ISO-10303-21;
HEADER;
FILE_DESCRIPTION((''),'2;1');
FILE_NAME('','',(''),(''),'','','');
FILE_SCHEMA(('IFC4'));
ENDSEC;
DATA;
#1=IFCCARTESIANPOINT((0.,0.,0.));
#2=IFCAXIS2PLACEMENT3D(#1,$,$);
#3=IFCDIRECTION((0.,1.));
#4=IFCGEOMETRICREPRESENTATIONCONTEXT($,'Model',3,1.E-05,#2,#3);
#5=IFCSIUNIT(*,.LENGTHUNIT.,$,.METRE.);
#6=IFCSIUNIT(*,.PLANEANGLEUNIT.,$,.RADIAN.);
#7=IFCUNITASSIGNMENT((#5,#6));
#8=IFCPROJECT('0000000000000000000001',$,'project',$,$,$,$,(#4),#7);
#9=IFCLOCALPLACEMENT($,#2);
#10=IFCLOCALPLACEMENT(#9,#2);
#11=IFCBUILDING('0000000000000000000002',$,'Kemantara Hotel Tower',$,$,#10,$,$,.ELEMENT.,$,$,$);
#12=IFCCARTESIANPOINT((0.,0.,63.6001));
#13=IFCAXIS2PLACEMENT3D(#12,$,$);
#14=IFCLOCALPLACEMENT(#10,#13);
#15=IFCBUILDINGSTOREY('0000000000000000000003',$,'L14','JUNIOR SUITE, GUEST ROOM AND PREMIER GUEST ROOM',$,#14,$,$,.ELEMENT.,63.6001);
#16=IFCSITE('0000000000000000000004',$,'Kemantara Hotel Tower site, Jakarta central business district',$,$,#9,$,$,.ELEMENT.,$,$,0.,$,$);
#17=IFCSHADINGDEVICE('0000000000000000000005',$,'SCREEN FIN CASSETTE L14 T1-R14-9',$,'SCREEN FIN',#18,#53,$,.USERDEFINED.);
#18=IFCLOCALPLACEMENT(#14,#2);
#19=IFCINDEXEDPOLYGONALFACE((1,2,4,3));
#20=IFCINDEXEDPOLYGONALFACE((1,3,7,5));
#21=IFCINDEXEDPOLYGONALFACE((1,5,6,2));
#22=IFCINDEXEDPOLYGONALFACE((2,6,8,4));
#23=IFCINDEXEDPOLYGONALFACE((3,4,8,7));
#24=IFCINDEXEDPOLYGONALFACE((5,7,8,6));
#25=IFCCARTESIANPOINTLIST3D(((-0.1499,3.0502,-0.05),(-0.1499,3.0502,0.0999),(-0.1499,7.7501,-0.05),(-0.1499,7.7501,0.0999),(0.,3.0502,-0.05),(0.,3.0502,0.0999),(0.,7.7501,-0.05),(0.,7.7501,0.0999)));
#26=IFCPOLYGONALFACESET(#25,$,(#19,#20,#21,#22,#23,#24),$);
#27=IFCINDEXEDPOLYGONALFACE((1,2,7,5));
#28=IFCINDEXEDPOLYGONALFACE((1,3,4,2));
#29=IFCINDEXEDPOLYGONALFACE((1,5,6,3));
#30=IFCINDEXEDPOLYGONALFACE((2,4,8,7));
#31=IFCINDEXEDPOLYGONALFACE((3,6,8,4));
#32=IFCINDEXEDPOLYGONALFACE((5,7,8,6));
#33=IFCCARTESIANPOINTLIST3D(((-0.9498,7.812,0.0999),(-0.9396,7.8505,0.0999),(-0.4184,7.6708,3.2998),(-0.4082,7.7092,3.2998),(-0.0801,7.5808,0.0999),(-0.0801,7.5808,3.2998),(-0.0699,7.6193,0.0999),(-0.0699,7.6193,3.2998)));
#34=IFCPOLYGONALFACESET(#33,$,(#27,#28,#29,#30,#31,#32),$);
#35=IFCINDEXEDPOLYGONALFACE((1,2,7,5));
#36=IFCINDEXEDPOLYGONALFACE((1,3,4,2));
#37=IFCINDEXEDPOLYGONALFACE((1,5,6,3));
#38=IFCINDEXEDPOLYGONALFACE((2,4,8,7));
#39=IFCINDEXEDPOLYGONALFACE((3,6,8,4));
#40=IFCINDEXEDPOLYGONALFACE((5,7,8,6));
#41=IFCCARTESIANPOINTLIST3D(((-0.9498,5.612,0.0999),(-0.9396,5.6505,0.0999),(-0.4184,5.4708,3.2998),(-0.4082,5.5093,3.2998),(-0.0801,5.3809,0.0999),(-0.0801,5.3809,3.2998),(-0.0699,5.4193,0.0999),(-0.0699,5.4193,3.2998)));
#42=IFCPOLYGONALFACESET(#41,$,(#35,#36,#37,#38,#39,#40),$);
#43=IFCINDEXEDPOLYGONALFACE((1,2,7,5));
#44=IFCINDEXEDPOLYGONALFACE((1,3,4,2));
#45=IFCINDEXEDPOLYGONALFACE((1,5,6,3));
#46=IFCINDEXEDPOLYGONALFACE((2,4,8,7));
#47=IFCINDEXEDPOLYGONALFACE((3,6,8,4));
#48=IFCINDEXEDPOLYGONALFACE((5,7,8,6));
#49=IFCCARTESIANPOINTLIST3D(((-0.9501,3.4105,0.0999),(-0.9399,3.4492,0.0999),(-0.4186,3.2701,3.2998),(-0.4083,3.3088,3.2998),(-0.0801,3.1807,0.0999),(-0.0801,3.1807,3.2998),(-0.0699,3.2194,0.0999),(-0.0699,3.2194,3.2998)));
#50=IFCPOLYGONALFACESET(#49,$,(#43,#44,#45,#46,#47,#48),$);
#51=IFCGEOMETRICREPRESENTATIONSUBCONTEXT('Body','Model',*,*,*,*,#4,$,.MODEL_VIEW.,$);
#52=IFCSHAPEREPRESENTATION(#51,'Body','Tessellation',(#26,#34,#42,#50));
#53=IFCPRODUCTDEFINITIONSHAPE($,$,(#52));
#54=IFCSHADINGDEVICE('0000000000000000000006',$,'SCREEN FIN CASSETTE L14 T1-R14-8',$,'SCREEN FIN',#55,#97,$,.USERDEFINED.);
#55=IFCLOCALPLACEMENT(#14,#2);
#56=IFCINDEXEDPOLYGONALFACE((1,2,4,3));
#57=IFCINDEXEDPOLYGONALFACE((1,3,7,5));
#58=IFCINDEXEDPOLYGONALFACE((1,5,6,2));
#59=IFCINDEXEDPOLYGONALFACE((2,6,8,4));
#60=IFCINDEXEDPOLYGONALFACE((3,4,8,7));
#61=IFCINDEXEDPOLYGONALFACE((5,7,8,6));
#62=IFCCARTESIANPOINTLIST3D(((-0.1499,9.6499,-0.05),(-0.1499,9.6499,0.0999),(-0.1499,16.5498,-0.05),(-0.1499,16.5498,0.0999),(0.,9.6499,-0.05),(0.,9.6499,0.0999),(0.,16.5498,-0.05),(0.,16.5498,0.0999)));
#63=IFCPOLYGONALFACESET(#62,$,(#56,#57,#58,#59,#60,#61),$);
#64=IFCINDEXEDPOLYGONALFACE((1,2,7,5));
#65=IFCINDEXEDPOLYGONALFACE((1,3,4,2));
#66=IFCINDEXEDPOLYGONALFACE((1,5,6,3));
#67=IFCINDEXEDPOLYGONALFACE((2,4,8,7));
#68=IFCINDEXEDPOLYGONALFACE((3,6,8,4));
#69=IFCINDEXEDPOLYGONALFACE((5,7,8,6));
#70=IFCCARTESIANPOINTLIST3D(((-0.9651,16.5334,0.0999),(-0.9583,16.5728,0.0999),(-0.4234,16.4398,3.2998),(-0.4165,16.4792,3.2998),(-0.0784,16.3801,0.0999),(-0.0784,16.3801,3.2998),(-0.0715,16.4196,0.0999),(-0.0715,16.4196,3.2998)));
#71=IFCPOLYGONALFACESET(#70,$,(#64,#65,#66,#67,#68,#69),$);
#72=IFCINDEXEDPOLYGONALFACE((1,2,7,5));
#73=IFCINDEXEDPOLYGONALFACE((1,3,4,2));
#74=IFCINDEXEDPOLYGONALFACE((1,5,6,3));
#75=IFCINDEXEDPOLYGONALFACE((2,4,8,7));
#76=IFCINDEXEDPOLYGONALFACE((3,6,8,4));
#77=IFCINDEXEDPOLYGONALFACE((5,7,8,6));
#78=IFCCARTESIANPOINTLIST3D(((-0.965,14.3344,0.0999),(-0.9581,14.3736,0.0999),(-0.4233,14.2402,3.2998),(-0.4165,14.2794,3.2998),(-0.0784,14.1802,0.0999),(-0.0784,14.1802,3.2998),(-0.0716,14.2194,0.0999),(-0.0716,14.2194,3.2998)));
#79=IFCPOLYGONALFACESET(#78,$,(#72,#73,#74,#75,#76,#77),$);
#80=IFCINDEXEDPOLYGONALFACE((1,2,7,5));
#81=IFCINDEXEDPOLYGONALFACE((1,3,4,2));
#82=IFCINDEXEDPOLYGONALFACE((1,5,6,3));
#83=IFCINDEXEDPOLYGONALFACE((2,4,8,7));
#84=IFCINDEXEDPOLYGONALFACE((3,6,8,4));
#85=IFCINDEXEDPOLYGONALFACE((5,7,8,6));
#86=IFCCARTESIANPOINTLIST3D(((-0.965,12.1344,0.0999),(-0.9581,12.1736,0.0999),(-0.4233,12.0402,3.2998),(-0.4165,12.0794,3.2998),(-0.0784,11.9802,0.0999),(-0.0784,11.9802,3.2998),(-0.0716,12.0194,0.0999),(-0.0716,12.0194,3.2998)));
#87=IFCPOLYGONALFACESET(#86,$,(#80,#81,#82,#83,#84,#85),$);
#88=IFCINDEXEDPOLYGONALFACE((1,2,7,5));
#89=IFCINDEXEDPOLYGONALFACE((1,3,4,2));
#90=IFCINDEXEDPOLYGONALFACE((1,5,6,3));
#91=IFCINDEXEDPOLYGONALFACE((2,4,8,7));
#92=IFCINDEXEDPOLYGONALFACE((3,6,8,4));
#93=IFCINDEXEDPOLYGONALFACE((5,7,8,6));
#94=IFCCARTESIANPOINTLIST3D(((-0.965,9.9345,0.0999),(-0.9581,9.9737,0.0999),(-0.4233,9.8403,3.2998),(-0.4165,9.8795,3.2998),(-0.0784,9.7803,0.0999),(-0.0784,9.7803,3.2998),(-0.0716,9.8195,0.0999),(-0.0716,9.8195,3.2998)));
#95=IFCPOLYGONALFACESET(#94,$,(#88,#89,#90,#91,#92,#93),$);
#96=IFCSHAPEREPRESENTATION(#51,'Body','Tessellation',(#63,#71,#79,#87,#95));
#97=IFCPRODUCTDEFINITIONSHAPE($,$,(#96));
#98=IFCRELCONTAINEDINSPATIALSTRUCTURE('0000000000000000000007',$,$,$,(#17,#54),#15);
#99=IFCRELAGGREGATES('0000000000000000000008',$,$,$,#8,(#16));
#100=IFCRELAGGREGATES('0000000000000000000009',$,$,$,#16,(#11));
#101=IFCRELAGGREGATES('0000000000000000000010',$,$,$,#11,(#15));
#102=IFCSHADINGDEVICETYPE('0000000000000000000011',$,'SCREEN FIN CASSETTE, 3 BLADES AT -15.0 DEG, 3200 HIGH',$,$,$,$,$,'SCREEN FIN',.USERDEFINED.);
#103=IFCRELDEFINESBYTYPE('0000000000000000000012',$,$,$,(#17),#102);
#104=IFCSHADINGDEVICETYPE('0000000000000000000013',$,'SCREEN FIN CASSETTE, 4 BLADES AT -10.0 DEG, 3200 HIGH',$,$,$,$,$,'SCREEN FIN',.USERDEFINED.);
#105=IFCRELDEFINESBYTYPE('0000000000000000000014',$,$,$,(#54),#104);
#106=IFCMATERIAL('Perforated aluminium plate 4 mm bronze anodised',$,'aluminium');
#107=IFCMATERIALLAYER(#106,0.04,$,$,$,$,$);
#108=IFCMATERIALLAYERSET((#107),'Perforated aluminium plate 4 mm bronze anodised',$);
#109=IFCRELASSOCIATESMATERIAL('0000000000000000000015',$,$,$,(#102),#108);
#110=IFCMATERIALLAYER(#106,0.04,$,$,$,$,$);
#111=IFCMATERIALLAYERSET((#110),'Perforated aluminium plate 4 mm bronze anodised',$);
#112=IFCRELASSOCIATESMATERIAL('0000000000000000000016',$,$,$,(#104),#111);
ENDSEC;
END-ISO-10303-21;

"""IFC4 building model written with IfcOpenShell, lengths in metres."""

from ifc_helpers import new_model, si_unit, direction, frame, origin, origin_2d, place, context, subcontext, project, spatial, polyline, rectangle, outline, extrude, source, transform, mapped, material, layer, layer_set, type_object, element, save


model = new_model("IFC4")

# Units and contexts
model_context = context("Model", 3, precision=1e-05, world=origin(), true_north=direction((0.0, 1.0)))
body_context = subcontext(model_context, "Body", "Model", "MODEL_VIEW")
ifc_project = project(units=[si_unit("LENGTHUNIT", "METRE"), si_unit("PLANEANGLEUNIT", "RADIAN")], contexts=[model_context])

# Site, building, storey
site_placement = place(None, origin())
site = spatial("IfcSite", under=ifc_project, at=site_placement, Name="Kemantara Hotel Tower site, Jakarta central business district", CompositionType="ELEMENT", RefElevation=0.0)
building_placement = place(site_placement, origin())
building = spatial("IfcBuilding", under=site, at=building_placement, Name="Kemantara Hotel Tower", CompositionType="ELEMENT")
storey_placement = place(building_placement, frame((0.0, 0.0, 63.6001)))
storey = spatial("IfcBuildingStorey", under=building, at=storey_placement, Name="L14", Description="JUNIOR SUITE, GUEST ROOM AND PREMIER GUEST ROOM", CompositionType="ELEMENT", Elevation=63.6001)

# Shading devices
ifc_material_1 = material(Name="Perforated aluminium plate 4 mm bronze anodised", Category="aluminium")
ifc_layer_1 = layer(ifc_material_1, 0.04)
ifc_layer_set_1 = layer_set([ifc_layer_1], Name="Perforated aluminium plate 4 mm bronze anodised")
shading_device_type_1 = type_object("IfcShadingDeviceType", Name="SCREEN FIN CASSETTE, 3 BLADES AT -15.0 DEG, 3200 HIGH", ElementType="SCREEN FIN", PredefinedType="USERDEFINED", material=ifc_layer_set_1)
shared_shape_1 = source(origin(), body_context, "Body", "SweptSolid", [
    extrude(rectangle(XDim=4.7, YDim=0.1499, at=origin_2d()), frame((2.2, -0.075, -0.1499), z_axis=(0.0, 0.0, 1.0), x_axis=(1.0, 0.0, 0.0)), (0.0, 0.0, 1.0), 0.1499),
    extrude(outline(polyline([(0.0, 0.0), (0.8999, 0.0), (0.3501, 3.2), (0.0, 3.2), (0.0, 0.0)])), frame((0.0193, -0.0801, 0.0), z_axis=(-0.966438, 0.256901, 0.0), x_axis=(-0.256901, -0.966438, 0.0)), (0.0, 0.0, 1.0), 0.0398),
    extrude(outline(polyline([(0.0, 0.0), (0.8999, 0.0), (0.3501, 3.2), (0.0, 3.2), (0.0, 0.0)])), frame((2.2192, -0.0801, 0.0), z_axis=(-0.966438, 0.256901, 0.0), x_axis=(-0.256901, -0.966438, 0.0)), (0.0, 0.0, 1.0), 0.0398),
    extrude(outline(polyline([(0.0, 0.0), (0.8999, 0.0), (0.3501, 3.2), (0.0, 3.2), (0.0, 0.0)])), frame((4.4194, -0.0801, 0.0), z_axis=(-0.966838, 0.255391, 0.0), x_axis=(-0.255391, -0.966838, 0.0)), (0.0, 0.0, 1.0), 0.04),
])
shading_device_1_placement = place(storey_placement, frame((0.0, 7.6001, 0.0999), z_axis=(0.0, 0.0, 1.0), x_axis=(0.0, -1.0, 0.0)))
element("IfcShadingDevice", 1, at=shading_device_1_placement, inside=storey, type_object=shading_device_type_1, Name="SCREEN FIN CASSETTE L14 T1-R14-9", ObjectType="SCREEN FIN", PredefinedType="USERDEFINED", context=body_context, shape_type="MappedRepresentation", body=[
    mapped(shared_shape_1, transform((0.0, 0.0, 0.0))),
])
ifc_layer_2 = layer(ifc_material_1, 0.04)
ifc_layer_set_2 = layer_set([ifc_layer_2], Name="Perforated aluminium plate 4 mm bronze anodised")
shading_device_type_2 = type_object("IfcShadingDeviceType", Name="SCREEN FIN CASSETTE, 4 BLADES AT -10.0 DEG, 3200 HIGH", ElementType="SCREEN FIN", PredefinedType="USERDEFINED", material=ifc_layer_set_2)
shared_shape_2 = source(origin(), body_context, "Body", "SweptSolid", [
    extrude(rectangle(XDim=6.8999, YDim=0.1499, at=origin_2d()), frame((3.3, -0.075, -0.1499), z_axis=(0.0, 0.0, 1.0), x_axis=(1.0, 0.0, 0.0)), (0.0, 0.0, 1.0), 0.1499),
    extrude(outline(polyline([(0.0, 0.0), (0.8999, 0.0), (0.3501, 3.2), (0.0, 3.2), (0.0, 0.0)])), frame((0.0198, -0.0784, 0.0), z_axis=(-0.98539, 0.170314, 0.0), x_axis=(-0.170314, -0.98539, 0.0)), (0.0, 0.0, 1.0), 0.04),
    extrude(outline(polyline([(0.0, 0.0), (0.8999, 0.0), (0.3501, 3.2), (0.0, 3.2), (0.0, 0.0)])), frame((2.2197, -0.0784, 0.0), z_axis=(-0.985212, 0.171341, 0.0), x_axis=(-0.171341, -0.985212, 0.0)), (0.0, 0.0, 1.0), 0.0398),
    extrude(outline(polyline([(0.0, 0.0), (0.8999, 0.0), (0.3501, 3.2), (0.0, 3.2), (0.0, 0.0)])), frame((4.4197, -0.0784, 0.0), z_axis=(-0.985212, 0.171341, 0.0), x_axis=(-0.171341, -0.985212, 0.0)), (0.0, 0.0, 1.0), 0.0398),
    extrude(outline(polyline([(0.0, 0.0), (0.8999, 0.0), (0.3501, 3.2), (0.0, 3.2), (0.0, 0.0)])), frame((6.6196, -0.0784, 0.0), z_axis=(-0.985212, 0.171341, 0.0), x_axis=(-0.171341, -0.985212, 0.0)), (0.0, 0.0, 1.0), 0.0398),
])
shading_device_2_placement = place(storey_placement, frame((0.0, 16.3999, 0.0999), z_axis=(0.0, 0.0, 1.0), x_axis=(0.0, -1.0, 0.0)))
element("IfcShadingDevice", 2, at=shading_device_2_placement, inside=storey, type_object=shading_device_type_2, Name="SCREEN FIN CASSETTE L14 T1-R14-8", ObjectType="SCREEN FIN", PredefinedType="USERDEFINED", context=body_context, shape_type="MappedRepresentation", body=[
    mapped(shared_shape_2, transform((0.0, 0.0, 0.0))),
])

save(model, "model.ifc")
